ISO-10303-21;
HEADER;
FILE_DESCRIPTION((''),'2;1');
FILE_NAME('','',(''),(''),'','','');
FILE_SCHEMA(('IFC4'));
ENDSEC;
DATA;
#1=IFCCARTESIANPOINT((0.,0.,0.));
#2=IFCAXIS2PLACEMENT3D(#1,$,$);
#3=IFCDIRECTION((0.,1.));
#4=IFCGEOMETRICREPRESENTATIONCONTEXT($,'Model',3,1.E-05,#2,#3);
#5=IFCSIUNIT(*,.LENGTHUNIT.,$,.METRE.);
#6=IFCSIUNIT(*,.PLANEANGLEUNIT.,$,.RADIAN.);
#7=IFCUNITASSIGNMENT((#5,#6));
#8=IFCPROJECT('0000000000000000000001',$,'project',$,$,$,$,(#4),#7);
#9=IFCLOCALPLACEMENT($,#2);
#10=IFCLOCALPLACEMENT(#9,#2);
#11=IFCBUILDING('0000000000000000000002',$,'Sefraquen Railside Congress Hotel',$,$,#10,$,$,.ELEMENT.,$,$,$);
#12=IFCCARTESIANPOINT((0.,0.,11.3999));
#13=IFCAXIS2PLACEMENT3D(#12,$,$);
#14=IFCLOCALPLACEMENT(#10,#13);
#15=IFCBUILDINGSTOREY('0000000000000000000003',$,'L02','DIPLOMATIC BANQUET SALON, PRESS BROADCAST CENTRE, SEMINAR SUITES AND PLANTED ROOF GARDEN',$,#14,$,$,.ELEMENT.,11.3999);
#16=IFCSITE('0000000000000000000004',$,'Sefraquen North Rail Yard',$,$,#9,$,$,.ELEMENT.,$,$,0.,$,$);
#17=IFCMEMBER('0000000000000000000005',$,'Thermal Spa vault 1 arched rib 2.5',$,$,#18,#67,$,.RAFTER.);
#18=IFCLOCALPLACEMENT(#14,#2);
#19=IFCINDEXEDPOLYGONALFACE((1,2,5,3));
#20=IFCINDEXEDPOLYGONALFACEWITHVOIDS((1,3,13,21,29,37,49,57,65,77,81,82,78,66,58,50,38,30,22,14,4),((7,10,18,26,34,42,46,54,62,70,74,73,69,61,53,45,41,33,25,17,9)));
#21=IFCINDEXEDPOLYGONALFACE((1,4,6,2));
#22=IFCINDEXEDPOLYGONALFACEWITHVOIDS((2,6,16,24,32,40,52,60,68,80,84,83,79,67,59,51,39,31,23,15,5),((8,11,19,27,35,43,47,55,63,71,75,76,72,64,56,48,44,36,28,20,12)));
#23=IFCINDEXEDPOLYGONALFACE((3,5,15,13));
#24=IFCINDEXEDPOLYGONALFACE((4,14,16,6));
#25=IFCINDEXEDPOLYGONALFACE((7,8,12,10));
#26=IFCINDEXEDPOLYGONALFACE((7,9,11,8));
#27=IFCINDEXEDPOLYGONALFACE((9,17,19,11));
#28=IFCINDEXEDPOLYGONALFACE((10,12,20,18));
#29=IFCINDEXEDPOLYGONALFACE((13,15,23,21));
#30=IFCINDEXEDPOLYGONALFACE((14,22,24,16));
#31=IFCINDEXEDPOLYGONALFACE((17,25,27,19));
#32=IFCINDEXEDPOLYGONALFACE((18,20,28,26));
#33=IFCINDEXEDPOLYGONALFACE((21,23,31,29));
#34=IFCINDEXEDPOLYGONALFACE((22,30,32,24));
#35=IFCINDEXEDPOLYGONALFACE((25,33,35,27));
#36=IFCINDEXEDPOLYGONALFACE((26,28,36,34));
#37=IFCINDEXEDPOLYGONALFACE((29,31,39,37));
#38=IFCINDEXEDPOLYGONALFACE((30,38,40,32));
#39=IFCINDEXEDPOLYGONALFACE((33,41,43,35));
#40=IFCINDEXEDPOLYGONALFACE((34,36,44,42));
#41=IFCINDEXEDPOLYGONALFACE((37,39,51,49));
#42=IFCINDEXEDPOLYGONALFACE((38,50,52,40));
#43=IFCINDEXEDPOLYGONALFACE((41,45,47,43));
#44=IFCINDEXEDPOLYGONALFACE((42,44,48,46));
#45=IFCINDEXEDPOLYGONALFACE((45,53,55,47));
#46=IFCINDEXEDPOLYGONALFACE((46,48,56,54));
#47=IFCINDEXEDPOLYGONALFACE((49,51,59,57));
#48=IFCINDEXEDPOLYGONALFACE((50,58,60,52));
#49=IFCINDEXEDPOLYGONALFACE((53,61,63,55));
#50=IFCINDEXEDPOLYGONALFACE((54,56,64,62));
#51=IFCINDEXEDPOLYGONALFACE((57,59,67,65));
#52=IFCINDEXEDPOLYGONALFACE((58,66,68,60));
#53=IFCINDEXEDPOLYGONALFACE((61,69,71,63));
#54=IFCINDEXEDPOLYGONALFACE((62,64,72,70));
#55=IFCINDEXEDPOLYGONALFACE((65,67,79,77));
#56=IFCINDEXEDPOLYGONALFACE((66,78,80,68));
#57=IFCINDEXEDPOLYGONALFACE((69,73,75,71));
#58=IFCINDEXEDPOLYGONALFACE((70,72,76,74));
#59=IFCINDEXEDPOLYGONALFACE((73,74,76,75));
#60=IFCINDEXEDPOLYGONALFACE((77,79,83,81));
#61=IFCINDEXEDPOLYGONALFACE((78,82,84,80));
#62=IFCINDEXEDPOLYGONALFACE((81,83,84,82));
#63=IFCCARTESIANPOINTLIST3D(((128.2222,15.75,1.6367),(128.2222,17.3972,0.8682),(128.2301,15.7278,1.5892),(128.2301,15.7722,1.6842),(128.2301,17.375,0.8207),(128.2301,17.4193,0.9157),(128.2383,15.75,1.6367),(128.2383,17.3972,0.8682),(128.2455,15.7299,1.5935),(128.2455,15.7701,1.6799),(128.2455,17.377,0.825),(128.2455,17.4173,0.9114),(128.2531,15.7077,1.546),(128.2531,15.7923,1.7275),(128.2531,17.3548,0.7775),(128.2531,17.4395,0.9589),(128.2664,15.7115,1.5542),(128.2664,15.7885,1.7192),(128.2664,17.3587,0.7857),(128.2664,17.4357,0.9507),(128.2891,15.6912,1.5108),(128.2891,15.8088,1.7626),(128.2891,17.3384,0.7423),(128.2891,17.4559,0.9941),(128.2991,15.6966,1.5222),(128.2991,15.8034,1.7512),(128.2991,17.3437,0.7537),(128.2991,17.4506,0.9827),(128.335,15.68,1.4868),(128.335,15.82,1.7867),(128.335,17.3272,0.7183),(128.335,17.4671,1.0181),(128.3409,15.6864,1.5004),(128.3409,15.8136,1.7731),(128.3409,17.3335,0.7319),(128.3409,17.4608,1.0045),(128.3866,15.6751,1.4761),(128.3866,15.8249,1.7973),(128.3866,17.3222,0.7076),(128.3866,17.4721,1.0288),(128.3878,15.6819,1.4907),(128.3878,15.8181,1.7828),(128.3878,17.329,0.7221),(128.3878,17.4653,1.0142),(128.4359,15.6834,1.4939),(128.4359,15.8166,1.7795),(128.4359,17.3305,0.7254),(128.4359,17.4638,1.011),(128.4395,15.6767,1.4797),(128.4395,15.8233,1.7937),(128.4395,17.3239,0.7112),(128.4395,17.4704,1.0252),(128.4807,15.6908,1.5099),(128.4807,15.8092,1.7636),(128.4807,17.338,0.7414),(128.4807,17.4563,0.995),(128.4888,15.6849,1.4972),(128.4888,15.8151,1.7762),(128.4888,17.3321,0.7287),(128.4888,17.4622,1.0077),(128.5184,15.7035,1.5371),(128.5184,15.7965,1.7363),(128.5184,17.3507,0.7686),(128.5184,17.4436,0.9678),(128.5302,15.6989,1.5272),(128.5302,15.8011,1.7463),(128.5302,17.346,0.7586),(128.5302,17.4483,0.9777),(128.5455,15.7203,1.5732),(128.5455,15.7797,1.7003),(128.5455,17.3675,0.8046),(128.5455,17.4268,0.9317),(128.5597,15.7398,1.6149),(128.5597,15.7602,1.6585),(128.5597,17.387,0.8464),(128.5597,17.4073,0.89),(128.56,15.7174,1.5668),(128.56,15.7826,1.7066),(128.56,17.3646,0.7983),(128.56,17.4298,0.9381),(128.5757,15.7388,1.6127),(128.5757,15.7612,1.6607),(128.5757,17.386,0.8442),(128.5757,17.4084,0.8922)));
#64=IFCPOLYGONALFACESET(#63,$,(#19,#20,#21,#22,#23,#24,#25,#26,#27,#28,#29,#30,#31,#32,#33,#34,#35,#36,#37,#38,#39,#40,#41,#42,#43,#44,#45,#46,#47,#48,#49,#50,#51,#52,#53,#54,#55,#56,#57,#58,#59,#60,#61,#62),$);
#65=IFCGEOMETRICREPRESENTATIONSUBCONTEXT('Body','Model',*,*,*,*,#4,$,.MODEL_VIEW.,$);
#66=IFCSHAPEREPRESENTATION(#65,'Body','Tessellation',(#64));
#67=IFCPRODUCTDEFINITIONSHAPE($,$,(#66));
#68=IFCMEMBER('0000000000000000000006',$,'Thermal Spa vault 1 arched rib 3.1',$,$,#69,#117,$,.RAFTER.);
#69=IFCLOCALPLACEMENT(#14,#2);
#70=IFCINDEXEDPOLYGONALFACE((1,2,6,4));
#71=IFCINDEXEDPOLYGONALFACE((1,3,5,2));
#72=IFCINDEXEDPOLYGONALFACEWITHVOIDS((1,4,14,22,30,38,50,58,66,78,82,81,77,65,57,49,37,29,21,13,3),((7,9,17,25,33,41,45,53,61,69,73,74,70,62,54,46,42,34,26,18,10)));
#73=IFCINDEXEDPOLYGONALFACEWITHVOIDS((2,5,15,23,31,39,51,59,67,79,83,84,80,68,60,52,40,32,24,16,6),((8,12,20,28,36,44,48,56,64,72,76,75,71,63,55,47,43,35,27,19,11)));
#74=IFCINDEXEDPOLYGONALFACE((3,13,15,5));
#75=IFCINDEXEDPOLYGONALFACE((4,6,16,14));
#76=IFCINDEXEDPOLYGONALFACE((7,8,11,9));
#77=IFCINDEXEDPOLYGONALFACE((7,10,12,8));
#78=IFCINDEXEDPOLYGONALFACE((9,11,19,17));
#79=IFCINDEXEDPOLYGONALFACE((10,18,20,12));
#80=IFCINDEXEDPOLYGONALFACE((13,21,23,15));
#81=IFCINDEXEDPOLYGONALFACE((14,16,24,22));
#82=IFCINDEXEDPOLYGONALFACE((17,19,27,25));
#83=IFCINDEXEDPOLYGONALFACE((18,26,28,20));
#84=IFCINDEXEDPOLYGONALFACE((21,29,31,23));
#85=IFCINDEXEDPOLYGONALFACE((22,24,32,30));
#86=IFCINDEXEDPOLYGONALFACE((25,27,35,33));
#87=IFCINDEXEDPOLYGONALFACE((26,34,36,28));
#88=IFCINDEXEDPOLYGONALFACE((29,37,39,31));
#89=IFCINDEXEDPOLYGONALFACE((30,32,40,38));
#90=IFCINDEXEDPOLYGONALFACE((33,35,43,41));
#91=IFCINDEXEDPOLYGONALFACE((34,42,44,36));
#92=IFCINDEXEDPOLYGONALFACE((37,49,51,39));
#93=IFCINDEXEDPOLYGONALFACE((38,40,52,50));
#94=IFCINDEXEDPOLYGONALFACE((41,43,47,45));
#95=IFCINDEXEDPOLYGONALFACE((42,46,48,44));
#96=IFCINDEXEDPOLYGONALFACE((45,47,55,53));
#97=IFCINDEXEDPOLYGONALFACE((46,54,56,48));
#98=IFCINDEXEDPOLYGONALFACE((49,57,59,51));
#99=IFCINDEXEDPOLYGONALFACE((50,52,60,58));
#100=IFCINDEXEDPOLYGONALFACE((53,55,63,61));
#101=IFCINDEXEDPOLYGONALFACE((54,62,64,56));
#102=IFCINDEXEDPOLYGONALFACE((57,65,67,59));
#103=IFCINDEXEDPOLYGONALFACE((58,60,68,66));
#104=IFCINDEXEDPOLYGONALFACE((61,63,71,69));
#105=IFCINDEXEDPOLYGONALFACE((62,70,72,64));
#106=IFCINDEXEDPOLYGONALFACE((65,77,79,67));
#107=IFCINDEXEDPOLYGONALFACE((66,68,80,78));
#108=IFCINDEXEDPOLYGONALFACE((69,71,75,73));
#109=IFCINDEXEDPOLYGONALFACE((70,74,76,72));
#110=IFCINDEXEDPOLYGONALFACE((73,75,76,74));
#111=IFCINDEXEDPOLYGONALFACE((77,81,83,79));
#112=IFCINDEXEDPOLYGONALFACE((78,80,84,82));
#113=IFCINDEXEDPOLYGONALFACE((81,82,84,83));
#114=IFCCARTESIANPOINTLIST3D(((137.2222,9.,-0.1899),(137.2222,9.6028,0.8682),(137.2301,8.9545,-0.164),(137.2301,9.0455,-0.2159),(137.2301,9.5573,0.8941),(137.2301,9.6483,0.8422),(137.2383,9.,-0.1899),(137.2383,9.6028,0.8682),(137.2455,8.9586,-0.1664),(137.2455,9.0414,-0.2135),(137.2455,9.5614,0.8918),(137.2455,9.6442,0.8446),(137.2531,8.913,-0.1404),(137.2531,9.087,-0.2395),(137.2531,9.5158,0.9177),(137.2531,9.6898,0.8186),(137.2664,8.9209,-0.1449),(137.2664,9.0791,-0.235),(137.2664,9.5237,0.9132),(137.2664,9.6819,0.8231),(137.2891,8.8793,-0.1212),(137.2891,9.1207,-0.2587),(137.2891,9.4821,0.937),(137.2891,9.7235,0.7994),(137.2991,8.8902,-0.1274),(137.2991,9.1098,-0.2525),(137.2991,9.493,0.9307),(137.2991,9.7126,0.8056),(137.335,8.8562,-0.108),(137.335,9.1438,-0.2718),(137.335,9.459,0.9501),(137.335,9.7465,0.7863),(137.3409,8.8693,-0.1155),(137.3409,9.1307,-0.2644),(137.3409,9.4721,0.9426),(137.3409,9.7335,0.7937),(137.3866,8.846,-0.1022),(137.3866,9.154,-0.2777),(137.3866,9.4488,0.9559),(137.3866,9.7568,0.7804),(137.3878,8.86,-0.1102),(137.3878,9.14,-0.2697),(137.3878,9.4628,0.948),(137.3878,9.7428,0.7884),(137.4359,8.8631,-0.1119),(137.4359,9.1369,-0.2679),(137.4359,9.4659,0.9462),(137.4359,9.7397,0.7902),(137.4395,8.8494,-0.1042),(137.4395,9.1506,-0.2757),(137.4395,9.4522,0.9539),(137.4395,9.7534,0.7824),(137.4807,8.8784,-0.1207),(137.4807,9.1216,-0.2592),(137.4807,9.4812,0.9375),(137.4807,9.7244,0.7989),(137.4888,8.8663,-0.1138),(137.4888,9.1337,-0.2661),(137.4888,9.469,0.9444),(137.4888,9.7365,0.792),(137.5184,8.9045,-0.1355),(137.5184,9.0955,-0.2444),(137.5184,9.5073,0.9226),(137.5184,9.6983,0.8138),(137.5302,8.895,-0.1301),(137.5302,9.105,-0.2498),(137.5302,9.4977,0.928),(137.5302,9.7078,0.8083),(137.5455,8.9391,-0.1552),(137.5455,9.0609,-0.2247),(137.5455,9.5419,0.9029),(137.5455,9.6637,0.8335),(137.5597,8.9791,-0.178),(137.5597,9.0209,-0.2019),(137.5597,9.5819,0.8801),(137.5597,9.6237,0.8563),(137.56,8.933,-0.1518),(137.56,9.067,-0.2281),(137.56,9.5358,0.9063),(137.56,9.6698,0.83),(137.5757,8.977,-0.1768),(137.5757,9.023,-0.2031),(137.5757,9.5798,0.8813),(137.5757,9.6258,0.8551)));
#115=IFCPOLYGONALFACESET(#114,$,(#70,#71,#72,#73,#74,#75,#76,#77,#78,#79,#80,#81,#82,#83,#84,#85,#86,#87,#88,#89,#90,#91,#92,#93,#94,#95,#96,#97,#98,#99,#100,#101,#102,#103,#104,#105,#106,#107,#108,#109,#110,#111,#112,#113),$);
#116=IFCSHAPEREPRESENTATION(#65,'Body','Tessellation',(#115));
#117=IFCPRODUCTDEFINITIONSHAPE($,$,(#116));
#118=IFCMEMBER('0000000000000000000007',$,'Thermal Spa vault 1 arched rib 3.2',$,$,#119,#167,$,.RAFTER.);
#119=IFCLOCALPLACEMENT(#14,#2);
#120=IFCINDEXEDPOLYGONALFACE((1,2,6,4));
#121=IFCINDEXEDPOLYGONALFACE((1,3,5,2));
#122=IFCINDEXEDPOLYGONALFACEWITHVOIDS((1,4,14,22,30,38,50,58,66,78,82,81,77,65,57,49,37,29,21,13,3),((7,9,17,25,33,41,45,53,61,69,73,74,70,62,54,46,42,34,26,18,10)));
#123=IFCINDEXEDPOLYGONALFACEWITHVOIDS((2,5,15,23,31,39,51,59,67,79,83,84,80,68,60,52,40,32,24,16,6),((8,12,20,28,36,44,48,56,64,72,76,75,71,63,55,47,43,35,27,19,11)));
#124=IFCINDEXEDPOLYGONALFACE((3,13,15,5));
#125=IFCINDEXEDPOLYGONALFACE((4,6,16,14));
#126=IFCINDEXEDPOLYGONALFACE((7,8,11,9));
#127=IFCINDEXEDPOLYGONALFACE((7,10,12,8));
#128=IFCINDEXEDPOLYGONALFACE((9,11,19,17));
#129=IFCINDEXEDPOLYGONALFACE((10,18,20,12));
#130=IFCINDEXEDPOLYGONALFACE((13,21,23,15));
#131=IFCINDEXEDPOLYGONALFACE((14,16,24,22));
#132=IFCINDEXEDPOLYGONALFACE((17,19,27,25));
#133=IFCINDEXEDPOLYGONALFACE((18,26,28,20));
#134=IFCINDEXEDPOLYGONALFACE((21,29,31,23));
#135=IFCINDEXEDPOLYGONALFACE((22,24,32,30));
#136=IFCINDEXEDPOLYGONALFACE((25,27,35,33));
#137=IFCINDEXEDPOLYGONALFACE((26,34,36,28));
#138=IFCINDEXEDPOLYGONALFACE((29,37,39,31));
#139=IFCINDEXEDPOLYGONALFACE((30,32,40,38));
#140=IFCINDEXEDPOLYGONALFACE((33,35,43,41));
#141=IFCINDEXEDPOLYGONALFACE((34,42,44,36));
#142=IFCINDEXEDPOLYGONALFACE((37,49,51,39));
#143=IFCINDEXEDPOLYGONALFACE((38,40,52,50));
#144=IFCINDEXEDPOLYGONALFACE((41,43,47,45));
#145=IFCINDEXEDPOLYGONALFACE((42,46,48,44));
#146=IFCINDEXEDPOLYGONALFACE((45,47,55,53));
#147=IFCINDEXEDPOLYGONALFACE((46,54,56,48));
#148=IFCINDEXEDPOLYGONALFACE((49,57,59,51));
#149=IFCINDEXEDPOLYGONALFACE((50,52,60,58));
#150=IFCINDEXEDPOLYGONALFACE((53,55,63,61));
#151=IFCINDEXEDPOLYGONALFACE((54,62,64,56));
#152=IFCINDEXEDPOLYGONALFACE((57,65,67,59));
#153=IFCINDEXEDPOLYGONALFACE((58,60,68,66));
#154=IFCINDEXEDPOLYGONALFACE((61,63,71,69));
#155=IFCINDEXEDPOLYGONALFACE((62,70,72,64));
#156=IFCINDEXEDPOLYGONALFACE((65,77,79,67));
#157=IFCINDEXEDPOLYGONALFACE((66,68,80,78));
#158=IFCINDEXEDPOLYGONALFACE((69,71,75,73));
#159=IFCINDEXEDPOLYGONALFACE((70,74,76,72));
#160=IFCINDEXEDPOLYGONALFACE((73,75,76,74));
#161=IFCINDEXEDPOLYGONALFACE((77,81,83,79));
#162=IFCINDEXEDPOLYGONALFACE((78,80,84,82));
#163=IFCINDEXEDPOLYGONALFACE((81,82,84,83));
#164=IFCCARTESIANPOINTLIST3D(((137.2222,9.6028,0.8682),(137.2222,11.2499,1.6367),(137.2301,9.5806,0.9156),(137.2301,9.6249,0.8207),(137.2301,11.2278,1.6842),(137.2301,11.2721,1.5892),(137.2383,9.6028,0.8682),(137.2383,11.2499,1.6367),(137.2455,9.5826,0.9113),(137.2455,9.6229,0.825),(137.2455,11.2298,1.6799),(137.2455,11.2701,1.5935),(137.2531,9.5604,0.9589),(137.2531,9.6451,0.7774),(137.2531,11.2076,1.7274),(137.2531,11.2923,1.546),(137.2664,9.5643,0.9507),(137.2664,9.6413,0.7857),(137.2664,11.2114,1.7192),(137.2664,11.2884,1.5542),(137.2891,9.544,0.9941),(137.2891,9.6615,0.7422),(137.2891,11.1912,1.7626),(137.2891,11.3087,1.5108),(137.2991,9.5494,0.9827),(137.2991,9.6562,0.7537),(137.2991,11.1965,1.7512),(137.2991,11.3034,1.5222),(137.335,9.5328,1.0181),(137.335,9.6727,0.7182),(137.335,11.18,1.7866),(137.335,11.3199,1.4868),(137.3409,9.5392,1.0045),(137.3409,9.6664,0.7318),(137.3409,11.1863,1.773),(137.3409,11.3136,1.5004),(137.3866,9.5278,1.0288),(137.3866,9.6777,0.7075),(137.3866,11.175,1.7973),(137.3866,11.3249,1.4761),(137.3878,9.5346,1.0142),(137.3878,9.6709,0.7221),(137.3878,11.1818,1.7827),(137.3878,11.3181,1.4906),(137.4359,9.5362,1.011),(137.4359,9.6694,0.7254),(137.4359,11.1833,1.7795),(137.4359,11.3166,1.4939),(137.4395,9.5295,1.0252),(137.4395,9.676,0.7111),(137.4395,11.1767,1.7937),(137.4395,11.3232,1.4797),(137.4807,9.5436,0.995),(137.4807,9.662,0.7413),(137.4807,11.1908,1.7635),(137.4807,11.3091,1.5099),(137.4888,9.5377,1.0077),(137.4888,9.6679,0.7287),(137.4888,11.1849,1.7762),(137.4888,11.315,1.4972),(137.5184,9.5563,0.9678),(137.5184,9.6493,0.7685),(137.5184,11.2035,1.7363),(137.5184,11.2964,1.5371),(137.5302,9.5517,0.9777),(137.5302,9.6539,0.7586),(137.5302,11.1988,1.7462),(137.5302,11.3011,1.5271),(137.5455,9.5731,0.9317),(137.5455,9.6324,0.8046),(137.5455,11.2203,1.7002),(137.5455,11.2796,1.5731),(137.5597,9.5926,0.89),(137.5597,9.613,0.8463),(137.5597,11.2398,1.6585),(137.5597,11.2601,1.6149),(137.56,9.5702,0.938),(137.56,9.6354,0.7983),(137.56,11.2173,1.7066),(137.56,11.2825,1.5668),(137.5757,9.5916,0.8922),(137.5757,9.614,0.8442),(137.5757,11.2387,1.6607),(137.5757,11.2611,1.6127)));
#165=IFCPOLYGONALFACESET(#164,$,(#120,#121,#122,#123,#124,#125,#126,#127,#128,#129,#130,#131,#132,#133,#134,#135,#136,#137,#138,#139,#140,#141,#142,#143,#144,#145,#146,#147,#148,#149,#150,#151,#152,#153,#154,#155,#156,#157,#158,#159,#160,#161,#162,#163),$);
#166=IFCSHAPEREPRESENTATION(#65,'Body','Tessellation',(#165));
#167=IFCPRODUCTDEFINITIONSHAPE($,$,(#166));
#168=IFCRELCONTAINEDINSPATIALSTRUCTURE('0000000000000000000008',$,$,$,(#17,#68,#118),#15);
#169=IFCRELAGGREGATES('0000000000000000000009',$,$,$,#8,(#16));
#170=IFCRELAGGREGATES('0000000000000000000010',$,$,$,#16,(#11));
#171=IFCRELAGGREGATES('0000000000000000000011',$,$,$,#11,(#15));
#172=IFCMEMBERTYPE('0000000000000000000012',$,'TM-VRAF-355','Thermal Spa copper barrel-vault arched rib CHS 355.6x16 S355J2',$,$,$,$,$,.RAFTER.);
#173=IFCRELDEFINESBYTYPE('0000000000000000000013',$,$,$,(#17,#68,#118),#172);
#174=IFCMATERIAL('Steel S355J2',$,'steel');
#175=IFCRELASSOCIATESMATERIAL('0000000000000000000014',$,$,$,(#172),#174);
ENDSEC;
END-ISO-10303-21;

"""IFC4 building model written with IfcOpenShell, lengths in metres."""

from ifc_helpers import new_model, si_unit, direction, frame, origin, origin_2d, place, context, subcontext, project, spatial, hollow_circle, extrude, material, material_profile, profile_set, type_object, element, save


model = new_model("IFC4")

# Units and contexts
model_context = context("Model", 3, precision=1e-05, world=origin(), true_north=direction((0.0, 1.0)))
body_context = subcontext(model_context, "Body", "Model", "MODEL_VIEW")
ifc_project = project(units=[si_unit("LENGTHUNIT", "METRE"), si_unit("PLANEANGLEUNIT", "RADIAN")], contexts=[model_context])

# Site, building, storey
site_placement = place(None, origin())
site = spatial("IfcSite", under=ifc_project, at=site_placement, Name="Sefraquen North Rail Yard", CompositionType="ELEMENT", RefElevation=0.0)
building_placement = place(site_placement, origin())
building = spatial("IfcBuilding", under=site, at=building_placement, Name="Sefraquen Railside Congress Hotel", CompositionType="ELEMENT")
storey_placement = place(building_placement, frame((0.0, 0.0, 11.3999)))
storey = spatial("IfcBuildingStorey", under=building, at=storey_placement, Name="L02", Description="DIPLOMATIC BANQUET SALON, PRESS BROADCAST CENTRE, SEMINAR SUITES AND PLANTED ROOF GARDEN", CompositionType="ELEMENT", Elevation=11.3999)

# Members
ifc_material_1 = material(Name="Steel S355J2", Category="steel")
ifc_material_profile_1 = material_profile(ifc_material_1, hollow_circle(Radius=0.1777, WallThickness=0.0161, at=origin_2d()), Name="CHS 355.6x16")
ifc_profile_set_1 = profile_set([ifc_material_profile_1], Name="Steel S355J2")
member_type = type_object("IfcMemberType", Name="TM-VRAF-355", Description="Thermal Spa copper barrel-vault arched rib CHS 355.6x16 S355J2", PredefinedType="RAFTER", material=ifc_profile_set_1)
member_1_placement = place(storey_placement, frame((128.3999, 15.75, 1.6367), z_axis=(0.0, 0.906214, -0.422819), x_axis=(-1.0, 0.0, 0.0)))
element("IfcMember", 1, at=member_1_placement, inside=storey, type_object=member_type, Name="Thermal Spa vault 1 arched rib 2.5", PredefinedType="RAFTER", context=body_context, shape_type="SweptSolid", body=[
    extrude(hollow_circle(Radius=0.1777, WallThickness=0.0161, at=origin_2d()), origin(), (0.0, 0.0, 1.0), 1.8176),
])
member_2_placement = place(storey_placement, frame((137.3999, 9.0, -0.1899), z_axis=(0.0, 0.494994, 0.868896), x_axis=(-1.0, 0.0, 0.0)))
element("IfcMember", 2, at=member_2_placement, inside=storey, type_object=member_type, Name="Thermal Spa vault 1 arched rib 3.1", PredefinedType="RAFTER", context=body_context, shape_type="SweptSolid", body=[
    extrude(hollow_circle(Radius=0.1777, WallThickness=0.0161, at=origin_2d()), origin(), (0.0, 0.0, 1.0), 1.2178),
])
member_3_placement = place(storey_placement, frame((137.3999, 9.6028, 0.8682), z_axis=(0.0, 0.906214, 0.422819), x_axis=(-1.0, 0.0, 0.0)))
element("IfcMember", 3, at=member_3_placement, inside=storey, type_object=member_type, Name="Thermal Spa vault 1 arched rib 3.2", PredefinedType="RAFTER", context=body_context, shape_type="SweptSolid", body=[
    extrude(hollow_circle(Radius=0.1777, WallThickness=0.0161, at=origin_2d()), origin(), (0.0, 0.0, 1.0), 1.8176),
])

save(model, "model.ifc")
